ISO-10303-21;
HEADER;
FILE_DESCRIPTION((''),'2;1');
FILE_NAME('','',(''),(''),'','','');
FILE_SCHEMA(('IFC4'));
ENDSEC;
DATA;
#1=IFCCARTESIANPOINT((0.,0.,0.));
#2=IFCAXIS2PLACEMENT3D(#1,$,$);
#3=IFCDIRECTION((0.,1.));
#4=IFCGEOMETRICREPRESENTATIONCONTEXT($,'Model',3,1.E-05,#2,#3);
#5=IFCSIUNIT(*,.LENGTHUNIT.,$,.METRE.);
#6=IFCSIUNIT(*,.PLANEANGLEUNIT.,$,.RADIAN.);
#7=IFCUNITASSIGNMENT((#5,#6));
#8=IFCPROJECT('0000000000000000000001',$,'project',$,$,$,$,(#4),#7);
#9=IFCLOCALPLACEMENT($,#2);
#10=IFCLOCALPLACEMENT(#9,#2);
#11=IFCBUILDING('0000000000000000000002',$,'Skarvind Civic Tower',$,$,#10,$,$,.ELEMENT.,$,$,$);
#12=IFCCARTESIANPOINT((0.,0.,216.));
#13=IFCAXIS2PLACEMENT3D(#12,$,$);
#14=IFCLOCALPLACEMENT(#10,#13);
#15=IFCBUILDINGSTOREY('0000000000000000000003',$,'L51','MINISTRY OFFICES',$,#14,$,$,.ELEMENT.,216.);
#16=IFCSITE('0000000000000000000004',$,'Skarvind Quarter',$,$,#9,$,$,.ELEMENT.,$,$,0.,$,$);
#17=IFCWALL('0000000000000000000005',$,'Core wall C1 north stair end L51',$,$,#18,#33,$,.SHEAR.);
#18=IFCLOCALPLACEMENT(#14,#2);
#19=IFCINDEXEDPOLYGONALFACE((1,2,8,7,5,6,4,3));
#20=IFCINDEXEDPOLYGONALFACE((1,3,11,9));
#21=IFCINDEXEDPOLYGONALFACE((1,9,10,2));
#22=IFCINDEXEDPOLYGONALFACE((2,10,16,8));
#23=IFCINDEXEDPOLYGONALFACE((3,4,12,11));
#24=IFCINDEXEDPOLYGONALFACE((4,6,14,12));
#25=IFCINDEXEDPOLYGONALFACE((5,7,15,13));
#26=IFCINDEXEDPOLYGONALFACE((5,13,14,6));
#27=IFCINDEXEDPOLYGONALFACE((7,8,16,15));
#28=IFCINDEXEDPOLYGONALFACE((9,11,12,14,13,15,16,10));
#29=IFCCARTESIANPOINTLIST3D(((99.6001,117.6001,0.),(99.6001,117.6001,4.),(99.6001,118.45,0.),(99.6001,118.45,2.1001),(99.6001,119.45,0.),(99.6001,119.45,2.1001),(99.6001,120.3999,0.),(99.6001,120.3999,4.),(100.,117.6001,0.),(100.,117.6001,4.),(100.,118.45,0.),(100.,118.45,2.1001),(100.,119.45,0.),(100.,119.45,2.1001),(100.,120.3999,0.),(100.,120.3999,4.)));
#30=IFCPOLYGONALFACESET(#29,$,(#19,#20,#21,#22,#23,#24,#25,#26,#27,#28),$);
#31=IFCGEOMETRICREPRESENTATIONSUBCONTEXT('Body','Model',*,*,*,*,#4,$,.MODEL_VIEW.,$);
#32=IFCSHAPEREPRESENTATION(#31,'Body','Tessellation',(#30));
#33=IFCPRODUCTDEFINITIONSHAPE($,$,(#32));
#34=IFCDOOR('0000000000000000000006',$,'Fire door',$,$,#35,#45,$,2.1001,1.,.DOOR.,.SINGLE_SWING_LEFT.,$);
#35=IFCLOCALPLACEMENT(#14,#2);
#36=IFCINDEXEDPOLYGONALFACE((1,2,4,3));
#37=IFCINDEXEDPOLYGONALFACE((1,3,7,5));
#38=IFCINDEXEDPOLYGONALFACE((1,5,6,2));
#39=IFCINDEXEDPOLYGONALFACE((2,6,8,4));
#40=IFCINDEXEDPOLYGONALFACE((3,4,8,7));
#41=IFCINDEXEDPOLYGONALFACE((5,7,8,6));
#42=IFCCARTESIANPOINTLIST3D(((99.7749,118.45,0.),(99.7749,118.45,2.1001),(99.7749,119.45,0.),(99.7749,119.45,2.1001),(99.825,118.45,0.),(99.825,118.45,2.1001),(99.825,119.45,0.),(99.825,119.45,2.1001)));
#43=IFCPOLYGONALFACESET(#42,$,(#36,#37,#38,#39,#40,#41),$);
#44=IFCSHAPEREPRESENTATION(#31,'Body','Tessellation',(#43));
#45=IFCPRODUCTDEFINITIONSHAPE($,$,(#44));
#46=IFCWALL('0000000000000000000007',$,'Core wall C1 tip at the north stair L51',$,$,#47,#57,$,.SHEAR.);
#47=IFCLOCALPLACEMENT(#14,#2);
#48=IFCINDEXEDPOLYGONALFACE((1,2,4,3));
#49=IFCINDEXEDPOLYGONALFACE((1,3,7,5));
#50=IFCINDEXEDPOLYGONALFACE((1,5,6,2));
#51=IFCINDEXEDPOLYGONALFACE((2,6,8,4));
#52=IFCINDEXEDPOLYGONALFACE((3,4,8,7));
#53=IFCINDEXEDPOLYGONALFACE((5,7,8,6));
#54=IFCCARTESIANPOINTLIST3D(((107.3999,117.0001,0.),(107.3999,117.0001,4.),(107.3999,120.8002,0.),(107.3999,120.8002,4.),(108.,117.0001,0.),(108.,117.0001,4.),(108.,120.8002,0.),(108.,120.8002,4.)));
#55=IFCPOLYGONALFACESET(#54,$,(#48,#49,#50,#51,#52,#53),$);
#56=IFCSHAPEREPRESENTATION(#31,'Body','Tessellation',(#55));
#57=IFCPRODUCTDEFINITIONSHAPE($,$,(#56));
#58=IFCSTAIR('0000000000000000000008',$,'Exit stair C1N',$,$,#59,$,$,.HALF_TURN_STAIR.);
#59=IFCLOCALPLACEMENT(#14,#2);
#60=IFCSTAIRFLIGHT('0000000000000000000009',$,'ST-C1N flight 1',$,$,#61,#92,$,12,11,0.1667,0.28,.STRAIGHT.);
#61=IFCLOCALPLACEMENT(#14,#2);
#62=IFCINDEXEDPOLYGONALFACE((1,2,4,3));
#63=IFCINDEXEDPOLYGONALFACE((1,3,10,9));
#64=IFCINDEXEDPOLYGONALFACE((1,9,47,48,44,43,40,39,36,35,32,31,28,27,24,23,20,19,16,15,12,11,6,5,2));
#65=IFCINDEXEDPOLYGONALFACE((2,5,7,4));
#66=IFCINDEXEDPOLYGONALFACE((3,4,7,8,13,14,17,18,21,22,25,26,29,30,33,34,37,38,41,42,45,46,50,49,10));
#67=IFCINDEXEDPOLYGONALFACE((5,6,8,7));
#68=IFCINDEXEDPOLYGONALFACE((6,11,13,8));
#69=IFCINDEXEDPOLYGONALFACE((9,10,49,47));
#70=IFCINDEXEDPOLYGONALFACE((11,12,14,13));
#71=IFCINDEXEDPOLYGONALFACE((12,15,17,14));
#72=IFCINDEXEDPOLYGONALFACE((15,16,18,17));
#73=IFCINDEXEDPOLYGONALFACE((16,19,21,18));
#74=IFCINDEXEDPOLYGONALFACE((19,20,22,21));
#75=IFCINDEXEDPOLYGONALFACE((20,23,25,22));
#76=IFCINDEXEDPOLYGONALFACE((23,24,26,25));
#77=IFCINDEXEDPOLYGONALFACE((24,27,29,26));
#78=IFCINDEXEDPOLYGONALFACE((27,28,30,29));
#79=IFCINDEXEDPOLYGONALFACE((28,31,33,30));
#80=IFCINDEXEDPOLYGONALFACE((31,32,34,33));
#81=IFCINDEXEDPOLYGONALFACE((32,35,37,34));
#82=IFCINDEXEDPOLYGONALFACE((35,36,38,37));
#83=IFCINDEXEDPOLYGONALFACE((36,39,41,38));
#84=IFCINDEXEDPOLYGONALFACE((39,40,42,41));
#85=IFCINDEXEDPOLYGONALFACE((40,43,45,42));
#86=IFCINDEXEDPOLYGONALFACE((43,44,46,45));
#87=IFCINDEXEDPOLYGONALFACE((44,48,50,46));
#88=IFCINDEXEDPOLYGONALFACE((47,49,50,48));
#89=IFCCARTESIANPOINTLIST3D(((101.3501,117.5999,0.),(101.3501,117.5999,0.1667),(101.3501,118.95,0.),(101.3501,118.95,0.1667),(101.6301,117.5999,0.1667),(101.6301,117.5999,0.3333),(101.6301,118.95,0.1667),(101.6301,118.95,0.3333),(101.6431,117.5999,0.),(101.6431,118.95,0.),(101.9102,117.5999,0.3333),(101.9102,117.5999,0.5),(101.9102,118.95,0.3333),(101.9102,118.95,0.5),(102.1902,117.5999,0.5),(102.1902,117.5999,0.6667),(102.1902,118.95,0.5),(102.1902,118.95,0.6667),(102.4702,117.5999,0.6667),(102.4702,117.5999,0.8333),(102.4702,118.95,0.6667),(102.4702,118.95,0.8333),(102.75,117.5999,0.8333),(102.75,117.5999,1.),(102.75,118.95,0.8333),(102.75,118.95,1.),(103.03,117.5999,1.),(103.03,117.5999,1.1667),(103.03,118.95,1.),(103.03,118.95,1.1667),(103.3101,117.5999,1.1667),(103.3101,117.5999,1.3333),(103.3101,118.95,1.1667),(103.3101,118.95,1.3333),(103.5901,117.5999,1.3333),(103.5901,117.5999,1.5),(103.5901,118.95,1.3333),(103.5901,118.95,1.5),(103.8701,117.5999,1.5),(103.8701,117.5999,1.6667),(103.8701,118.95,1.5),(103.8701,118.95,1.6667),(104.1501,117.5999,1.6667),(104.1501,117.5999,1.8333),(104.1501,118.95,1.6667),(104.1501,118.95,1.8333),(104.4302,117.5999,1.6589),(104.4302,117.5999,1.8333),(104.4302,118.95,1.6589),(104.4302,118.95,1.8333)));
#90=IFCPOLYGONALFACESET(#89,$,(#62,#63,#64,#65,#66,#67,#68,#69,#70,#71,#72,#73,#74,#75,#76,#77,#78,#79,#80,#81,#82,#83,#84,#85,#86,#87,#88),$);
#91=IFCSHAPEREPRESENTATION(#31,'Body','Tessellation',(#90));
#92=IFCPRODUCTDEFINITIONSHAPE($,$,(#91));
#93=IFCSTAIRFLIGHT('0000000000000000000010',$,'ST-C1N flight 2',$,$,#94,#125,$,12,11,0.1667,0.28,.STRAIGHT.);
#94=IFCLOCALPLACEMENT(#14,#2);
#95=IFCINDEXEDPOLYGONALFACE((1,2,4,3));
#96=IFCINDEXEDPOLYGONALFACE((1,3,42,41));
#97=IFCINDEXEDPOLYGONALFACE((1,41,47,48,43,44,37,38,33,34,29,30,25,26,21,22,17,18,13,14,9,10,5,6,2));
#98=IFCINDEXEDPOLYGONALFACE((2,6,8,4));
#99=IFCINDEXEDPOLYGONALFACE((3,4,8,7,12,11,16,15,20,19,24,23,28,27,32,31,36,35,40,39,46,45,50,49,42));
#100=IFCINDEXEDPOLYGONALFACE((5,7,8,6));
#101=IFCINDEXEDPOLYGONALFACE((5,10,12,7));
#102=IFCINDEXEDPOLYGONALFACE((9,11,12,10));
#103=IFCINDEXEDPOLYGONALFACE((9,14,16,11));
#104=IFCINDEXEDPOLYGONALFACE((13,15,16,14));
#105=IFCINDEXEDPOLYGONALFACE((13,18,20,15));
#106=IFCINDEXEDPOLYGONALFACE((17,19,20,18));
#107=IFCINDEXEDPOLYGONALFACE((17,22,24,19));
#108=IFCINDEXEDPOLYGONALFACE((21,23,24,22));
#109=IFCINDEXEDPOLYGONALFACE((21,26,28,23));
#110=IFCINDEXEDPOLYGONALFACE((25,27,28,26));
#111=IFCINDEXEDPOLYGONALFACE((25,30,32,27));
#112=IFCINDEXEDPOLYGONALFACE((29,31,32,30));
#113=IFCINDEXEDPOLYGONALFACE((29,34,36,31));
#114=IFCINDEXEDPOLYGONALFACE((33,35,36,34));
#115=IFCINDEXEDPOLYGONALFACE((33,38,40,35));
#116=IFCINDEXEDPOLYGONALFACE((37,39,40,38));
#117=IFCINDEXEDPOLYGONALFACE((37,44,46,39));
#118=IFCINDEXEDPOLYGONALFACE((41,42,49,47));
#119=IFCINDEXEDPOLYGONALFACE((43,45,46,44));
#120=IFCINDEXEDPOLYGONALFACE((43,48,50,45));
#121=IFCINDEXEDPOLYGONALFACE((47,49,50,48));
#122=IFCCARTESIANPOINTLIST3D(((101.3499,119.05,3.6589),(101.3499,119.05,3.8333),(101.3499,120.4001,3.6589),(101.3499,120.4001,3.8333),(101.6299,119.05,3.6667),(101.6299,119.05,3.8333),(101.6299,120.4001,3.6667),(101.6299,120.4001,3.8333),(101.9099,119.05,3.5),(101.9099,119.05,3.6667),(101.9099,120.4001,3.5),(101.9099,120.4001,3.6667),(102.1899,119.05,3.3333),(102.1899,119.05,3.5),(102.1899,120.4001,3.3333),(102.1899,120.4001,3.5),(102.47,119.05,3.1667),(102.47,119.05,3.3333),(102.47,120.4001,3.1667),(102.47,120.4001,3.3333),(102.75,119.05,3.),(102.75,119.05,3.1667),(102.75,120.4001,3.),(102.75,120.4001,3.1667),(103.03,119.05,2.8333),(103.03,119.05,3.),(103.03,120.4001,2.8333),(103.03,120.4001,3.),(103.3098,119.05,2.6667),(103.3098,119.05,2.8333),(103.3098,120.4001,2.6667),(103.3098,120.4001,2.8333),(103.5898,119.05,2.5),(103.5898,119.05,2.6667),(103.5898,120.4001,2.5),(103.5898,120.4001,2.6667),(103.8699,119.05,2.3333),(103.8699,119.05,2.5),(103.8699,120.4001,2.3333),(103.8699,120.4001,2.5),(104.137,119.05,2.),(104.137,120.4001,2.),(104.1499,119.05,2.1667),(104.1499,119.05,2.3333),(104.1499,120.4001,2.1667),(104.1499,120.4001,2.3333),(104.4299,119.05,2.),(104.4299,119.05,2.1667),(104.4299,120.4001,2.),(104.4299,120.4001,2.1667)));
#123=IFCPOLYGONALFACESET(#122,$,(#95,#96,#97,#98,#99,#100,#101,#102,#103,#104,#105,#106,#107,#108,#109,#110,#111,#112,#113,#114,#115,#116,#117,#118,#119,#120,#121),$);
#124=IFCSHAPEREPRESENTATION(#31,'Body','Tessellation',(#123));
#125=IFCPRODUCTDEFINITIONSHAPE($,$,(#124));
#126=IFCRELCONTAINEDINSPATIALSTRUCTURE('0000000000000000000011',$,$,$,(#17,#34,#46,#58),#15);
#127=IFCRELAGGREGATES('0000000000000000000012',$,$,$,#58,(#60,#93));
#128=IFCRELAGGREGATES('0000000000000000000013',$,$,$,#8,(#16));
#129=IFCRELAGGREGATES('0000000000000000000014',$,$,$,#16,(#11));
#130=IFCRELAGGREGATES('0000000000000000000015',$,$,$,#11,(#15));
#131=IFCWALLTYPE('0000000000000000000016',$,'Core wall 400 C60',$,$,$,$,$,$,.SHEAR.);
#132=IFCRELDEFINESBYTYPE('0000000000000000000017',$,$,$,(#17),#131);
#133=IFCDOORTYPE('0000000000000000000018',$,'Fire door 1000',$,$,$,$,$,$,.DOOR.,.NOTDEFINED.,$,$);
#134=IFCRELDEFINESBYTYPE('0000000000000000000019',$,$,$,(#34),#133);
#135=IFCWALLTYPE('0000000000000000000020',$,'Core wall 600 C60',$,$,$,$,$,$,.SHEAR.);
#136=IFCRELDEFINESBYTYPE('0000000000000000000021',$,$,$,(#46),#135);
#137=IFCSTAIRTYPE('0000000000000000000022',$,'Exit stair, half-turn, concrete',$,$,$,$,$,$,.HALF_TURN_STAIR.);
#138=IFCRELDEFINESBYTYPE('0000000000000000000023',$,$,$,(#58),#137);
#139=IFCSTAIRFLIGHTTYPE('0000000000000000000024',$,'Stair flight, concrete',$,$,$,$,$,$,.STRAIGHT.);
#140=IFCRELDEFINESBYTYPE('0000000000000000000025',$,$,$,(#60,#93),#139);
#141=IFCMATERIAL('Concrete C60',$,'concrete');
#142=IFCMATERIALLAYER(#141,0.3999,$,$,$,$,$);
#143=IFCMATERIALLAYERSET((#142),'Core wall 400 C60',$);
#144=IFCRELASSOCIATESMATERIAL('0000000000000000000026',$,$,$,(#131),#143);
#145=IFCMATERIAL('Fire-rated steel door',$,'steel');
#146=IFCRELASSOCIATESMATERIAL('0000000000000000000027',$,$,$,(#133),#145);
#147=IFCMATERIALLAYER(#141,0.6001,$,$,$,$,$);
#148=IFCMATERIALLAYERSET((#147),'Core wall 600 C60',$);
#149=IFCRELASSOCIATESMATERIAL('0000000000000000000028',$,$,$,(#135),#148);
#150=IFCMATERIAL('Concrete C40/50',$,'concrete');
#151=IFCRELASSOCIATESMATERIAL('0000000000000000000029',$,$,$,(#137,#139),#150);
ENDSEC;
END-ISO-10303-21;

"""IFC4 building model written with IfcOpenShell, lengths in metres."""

from ifc_helpers import new_model, si_unit, direction, frame, frame_2d, origin, place, context, subcontext, project, spatial, polyline, rectangle, outline, extrude, material, layer, layer_set, type_object, element, fill, aggregate, save


model = new_model("IFC4")

# Units and contexts
model_context = context("Model", 3, precision=1e-05, world=origin(), true_north=direction((0.0, 1.0)))
body_context = subcontext(model_context, "Body", "Model", "MODEL_VIEW")
ifc_project = project(units=[si_unit("LENGTHUNIT", "METRE"), si_unit("PLANEANGLEUNIT", "RADIAN")], contexts=[model_context])

# Site, building, storey
site_placement = place(None, origin())
site = spatial("IfcSite", under=ifc_project, at=site_placement, Name="Skarvind Quarter", CompositionType="ELEMENT", RefElevation=0.0)
building_placement = place(site_placement, origin())
building = spatial("IfcBuilding", under=site, at=building_placement, Name="Skarvind Civic Tower", CompositionType="ELEMENT")
storey_placement = place(building_placement, frame((0.0, 0.0, 216.0)))
storey = spatial("IfcBuildingStorey", under=building, at=storey_placement, Name="L51", Description="MINISTRY OFFICES", CompositionType="ELEMENT", Elevation=216.0)

# Shared definitions
ifc_material_1 = material(Name="Concrete C60", Category="concrete")

# Shared definitions
ifc_layer_1 = layer(ifc_material_1, 0.3999)
ifc_layer_set_1 = layer_set([ifc_layer_1], Name="Core wall 400 C60")
wall_type_1 = type_object("IfcWallType", Name="Core wall 400 C60", PredefinedType="SHEAR", material=ifc_layer_set_1)

# Wall, opening, door
wall_1_placement = place(storey_placement, frame((99.8, 120.3999, 0.0), z_axis=(0.0, 0.0, 1.0), x_axis=(0.0, -1.0, 0.0)))
wall_1 = element("IfcWall", 1, at=wall_1_placement, inside=storey, type_object=wall_type_1, Name="Core wall C1 north stair end L51", PredefinedType="SHEAR", context=body_context, shape_type="SweptSolid", body=[
    extrude(rectangle(XDim=2.7998, YDim=0.3999, at=frame_2d((1.3999, 0.0))), origin(), (0.0, 0.0, 1.0), 4.0),
])
opening_1_placement = place(wall_1_placement, frame((0.95, 0.0, 0.0)))
opening_1 = element("IfcOpeningElement", 2, at=opening_1_placement, cuts=wall_1, PredefinedType="OPENING", context=body_context, shape_type="SweptSolid", body=[
    extrude(rectangle(XDim=1.0, YDim=2.1001, at=frame_2d((0.5, 1.05))), frame((0.0, 0.21, 0.0), z_axis=(0.0, -1.0, 0.0), x_axis=(1.0, 0.0, 0.0)), (0.0, 0.0, 1.0), 0.4199),
])
ifc_material_2 = material(Name="Fire-rated steel door", Category="steel")
door_type_1 = type_object("IfcDoorType", Name="Fire door 1000", OperationType="NOTDEFINED", PredefinedType="DOOR", material=ifc_material_2)
door_1_placement = place(opening_1_placement, origin())
door_1 = element("IfcDoor", 3, at=door_1_placement, inside=storey, type_object=door_type_1, Name="Fire door", OperationType="SINGLE_SWING_LEFT", OverallHeight=2.1001, OverallWidth=1.0, PredefinedType="DOOR", context=body_context, shape_type="SweptSolid", body=[
    extrude(rectangle(XDim=1.0, YDim=2.1001, at=frame_2d((0.5, 1.05))), frame((0.0, 0.0249, 0.0), z_axis=(0.0, -1.0, 0.0), x_axis=(1.0, 0.0, 0.0)), (0.0, 0.0, 1.0), 0.05),
])
fill(opening_1, door_1)

# Wall
ifc_layer_2 = layer(ifc_material_1, 0.6001)
ifc_layer_set_2 = layer_set([ifc_layer_2], Name="Core wall 600 C60")
wall_type_2 = type_object("IfcWallType", Name="Core wall 600 C60", PredefinedType="SHEAR", material=ifc_layer_set_2)
wall_2_placement = place(storey_placement, frame((107.7, 120.8, 0.0), z_axis=(0.0, 0.0, 1.0), x_axis=(0.0, -1.0, 0.0)))
element("IfcWall", 4, at=wall_2_placement, inside=storey, type_object=wall_type_2, Name="Core wall C1 tip at the north stair L51", PredefinedType="SHEAR", context=body_context, shape_type="SweptSolid", body=[
    extrude(rectangle(XDim=3.8, YDim=0.6001, at=frame_2d((1.8999, 0.0))), origin(), (0.0, 0.0, 1.0), 4.0),
])

# Stair, stair flights
ifc_material_3 = material(Name="Concrete C40/50", Category="concrete")
stair_type = type_object("IfcStairType", Name="Exit stair, half-turn, concrete", PredefinedType="HALF_TURN_STAIR", material=ifc_material_3)
stair_placement = place(storey_placement, origin())
stair = element("IfcStair", 5, at=stair_placement, inside=storey, type_object=stair_type, Name="Exit stair C1N", PredefinedType="HALF_TURN_STAIR")
stair_flight_type = type_object("IfcStairFlightType", Name="Stair flight, concrete", PredefinedType="STRAIGHT", material=ifc_material_3)
stair_flight_1_placement = place(storey_placement, frame((101.3501, 118.2749, 0.0), z_axis=(0.0, 0.0, 1.0), x_axis=(1.0, 0.0, 0.0)))
stair_flight_1 = element("IfcStairFlight", 6, at=stair_flight_1_placement, type_object=stair_flight_type, Name="ST-C1N flight 1", NumberOfRisers=12, NumberOfTreads=11, PredefinedType="STRAIGHT", RiserHeight=0.1667, TreadLength=0.28, context=body_context, shape_type="SweptSolid", body=[
    extrude(outline(polyline([(0.0, 0.0), (0.0, 0.1667), (0.28, 0.1667), (0.28, 0.3333), (0.5601, 0.3333), (0.5601, 0.5), (0.8401, 0.5), (0.8401, 0.6667), (1.1201, 0.6667), (1.1201, 0.8333), (1.3999, 0.8333), (1.3999, 1.0), (1.6799, 1.0), (1.6799, 1.1667), (1.96, 1.1667), (1.96, 1.3333), (2.24, 1.3333), (2.24, 1.5), (2.52, 1.5), (2.52, 1.6667), (2.8, 1.6667), (2.8, 1.8333), (3.0801, 1.8333), (3.0801, 2.0), (3.0801, 1.6589), (0.293, 0.0), (0.0, 0.0)])), frame((0.0, 0.675, 0.0), z_axis=(0.0, -1.0, 0.0), x_axis=(1.0, 0.0, 0.0)), (0.0, 0.0, 1.0), 1.3501),
])
stair_flight_2_placement = place(storey_placement, frame((104.4299, 119.7251, 2.0), z_axis=(0.0, 0.0, 1.0), x_axis=(-1.0, 0.0, 0.0)))
stair_flight_2 = element("IfcStairFlight", 7, at=stair_flight_2_placement, type_object=stair_flight_type, Name="ST-C1N flight 2", NumberOfRisers=12, NumberOfTreads=11, PredefinedType="STRAIGHT", RiserHeight=0.1667, TreadLength=0.28, context=body_context, shape_type="SweptSolid", body=[
    extrude(outline(polyline([(0.0, 0.0), (0.0, 0.1667), (0.28, 0.1667), (0.28, 0.3333), (0.5601, 0.3333), (0.5601, 0.5), (0.8401, 0.5), (0.8401, 0.6667), (1.1201, 0.6667), (1.1201, 0.8333), (1.3999, 0.8333), (1.3999, 1.0), (1.6799, 1.0), (1.6799, 1.1667), (1.96, 1.1667), (1.96, 1.3333), (2.24, 1.3333), (2.24, 1.5), (2.52, 1.5), (2.52, 1.6667), (2.8, 1.6667), (2.8, 1.8333), (3.0801, 1.8333), (3.0801, 2.0), (3.0801, 1.6589), (0.293, 0.0), (0.0, 0.0)])), frame((0.0, 0.675, 0.0), z_axis=(0.0, -1.0, 0.0), x_axis=(1.0, 0.0, 0.0)), (0.0, 0.0, 1.0), 1.3501),
])
aggregate(stair, [stair_flight_1, stair_flight_2])

save(model, "model.ifc")
